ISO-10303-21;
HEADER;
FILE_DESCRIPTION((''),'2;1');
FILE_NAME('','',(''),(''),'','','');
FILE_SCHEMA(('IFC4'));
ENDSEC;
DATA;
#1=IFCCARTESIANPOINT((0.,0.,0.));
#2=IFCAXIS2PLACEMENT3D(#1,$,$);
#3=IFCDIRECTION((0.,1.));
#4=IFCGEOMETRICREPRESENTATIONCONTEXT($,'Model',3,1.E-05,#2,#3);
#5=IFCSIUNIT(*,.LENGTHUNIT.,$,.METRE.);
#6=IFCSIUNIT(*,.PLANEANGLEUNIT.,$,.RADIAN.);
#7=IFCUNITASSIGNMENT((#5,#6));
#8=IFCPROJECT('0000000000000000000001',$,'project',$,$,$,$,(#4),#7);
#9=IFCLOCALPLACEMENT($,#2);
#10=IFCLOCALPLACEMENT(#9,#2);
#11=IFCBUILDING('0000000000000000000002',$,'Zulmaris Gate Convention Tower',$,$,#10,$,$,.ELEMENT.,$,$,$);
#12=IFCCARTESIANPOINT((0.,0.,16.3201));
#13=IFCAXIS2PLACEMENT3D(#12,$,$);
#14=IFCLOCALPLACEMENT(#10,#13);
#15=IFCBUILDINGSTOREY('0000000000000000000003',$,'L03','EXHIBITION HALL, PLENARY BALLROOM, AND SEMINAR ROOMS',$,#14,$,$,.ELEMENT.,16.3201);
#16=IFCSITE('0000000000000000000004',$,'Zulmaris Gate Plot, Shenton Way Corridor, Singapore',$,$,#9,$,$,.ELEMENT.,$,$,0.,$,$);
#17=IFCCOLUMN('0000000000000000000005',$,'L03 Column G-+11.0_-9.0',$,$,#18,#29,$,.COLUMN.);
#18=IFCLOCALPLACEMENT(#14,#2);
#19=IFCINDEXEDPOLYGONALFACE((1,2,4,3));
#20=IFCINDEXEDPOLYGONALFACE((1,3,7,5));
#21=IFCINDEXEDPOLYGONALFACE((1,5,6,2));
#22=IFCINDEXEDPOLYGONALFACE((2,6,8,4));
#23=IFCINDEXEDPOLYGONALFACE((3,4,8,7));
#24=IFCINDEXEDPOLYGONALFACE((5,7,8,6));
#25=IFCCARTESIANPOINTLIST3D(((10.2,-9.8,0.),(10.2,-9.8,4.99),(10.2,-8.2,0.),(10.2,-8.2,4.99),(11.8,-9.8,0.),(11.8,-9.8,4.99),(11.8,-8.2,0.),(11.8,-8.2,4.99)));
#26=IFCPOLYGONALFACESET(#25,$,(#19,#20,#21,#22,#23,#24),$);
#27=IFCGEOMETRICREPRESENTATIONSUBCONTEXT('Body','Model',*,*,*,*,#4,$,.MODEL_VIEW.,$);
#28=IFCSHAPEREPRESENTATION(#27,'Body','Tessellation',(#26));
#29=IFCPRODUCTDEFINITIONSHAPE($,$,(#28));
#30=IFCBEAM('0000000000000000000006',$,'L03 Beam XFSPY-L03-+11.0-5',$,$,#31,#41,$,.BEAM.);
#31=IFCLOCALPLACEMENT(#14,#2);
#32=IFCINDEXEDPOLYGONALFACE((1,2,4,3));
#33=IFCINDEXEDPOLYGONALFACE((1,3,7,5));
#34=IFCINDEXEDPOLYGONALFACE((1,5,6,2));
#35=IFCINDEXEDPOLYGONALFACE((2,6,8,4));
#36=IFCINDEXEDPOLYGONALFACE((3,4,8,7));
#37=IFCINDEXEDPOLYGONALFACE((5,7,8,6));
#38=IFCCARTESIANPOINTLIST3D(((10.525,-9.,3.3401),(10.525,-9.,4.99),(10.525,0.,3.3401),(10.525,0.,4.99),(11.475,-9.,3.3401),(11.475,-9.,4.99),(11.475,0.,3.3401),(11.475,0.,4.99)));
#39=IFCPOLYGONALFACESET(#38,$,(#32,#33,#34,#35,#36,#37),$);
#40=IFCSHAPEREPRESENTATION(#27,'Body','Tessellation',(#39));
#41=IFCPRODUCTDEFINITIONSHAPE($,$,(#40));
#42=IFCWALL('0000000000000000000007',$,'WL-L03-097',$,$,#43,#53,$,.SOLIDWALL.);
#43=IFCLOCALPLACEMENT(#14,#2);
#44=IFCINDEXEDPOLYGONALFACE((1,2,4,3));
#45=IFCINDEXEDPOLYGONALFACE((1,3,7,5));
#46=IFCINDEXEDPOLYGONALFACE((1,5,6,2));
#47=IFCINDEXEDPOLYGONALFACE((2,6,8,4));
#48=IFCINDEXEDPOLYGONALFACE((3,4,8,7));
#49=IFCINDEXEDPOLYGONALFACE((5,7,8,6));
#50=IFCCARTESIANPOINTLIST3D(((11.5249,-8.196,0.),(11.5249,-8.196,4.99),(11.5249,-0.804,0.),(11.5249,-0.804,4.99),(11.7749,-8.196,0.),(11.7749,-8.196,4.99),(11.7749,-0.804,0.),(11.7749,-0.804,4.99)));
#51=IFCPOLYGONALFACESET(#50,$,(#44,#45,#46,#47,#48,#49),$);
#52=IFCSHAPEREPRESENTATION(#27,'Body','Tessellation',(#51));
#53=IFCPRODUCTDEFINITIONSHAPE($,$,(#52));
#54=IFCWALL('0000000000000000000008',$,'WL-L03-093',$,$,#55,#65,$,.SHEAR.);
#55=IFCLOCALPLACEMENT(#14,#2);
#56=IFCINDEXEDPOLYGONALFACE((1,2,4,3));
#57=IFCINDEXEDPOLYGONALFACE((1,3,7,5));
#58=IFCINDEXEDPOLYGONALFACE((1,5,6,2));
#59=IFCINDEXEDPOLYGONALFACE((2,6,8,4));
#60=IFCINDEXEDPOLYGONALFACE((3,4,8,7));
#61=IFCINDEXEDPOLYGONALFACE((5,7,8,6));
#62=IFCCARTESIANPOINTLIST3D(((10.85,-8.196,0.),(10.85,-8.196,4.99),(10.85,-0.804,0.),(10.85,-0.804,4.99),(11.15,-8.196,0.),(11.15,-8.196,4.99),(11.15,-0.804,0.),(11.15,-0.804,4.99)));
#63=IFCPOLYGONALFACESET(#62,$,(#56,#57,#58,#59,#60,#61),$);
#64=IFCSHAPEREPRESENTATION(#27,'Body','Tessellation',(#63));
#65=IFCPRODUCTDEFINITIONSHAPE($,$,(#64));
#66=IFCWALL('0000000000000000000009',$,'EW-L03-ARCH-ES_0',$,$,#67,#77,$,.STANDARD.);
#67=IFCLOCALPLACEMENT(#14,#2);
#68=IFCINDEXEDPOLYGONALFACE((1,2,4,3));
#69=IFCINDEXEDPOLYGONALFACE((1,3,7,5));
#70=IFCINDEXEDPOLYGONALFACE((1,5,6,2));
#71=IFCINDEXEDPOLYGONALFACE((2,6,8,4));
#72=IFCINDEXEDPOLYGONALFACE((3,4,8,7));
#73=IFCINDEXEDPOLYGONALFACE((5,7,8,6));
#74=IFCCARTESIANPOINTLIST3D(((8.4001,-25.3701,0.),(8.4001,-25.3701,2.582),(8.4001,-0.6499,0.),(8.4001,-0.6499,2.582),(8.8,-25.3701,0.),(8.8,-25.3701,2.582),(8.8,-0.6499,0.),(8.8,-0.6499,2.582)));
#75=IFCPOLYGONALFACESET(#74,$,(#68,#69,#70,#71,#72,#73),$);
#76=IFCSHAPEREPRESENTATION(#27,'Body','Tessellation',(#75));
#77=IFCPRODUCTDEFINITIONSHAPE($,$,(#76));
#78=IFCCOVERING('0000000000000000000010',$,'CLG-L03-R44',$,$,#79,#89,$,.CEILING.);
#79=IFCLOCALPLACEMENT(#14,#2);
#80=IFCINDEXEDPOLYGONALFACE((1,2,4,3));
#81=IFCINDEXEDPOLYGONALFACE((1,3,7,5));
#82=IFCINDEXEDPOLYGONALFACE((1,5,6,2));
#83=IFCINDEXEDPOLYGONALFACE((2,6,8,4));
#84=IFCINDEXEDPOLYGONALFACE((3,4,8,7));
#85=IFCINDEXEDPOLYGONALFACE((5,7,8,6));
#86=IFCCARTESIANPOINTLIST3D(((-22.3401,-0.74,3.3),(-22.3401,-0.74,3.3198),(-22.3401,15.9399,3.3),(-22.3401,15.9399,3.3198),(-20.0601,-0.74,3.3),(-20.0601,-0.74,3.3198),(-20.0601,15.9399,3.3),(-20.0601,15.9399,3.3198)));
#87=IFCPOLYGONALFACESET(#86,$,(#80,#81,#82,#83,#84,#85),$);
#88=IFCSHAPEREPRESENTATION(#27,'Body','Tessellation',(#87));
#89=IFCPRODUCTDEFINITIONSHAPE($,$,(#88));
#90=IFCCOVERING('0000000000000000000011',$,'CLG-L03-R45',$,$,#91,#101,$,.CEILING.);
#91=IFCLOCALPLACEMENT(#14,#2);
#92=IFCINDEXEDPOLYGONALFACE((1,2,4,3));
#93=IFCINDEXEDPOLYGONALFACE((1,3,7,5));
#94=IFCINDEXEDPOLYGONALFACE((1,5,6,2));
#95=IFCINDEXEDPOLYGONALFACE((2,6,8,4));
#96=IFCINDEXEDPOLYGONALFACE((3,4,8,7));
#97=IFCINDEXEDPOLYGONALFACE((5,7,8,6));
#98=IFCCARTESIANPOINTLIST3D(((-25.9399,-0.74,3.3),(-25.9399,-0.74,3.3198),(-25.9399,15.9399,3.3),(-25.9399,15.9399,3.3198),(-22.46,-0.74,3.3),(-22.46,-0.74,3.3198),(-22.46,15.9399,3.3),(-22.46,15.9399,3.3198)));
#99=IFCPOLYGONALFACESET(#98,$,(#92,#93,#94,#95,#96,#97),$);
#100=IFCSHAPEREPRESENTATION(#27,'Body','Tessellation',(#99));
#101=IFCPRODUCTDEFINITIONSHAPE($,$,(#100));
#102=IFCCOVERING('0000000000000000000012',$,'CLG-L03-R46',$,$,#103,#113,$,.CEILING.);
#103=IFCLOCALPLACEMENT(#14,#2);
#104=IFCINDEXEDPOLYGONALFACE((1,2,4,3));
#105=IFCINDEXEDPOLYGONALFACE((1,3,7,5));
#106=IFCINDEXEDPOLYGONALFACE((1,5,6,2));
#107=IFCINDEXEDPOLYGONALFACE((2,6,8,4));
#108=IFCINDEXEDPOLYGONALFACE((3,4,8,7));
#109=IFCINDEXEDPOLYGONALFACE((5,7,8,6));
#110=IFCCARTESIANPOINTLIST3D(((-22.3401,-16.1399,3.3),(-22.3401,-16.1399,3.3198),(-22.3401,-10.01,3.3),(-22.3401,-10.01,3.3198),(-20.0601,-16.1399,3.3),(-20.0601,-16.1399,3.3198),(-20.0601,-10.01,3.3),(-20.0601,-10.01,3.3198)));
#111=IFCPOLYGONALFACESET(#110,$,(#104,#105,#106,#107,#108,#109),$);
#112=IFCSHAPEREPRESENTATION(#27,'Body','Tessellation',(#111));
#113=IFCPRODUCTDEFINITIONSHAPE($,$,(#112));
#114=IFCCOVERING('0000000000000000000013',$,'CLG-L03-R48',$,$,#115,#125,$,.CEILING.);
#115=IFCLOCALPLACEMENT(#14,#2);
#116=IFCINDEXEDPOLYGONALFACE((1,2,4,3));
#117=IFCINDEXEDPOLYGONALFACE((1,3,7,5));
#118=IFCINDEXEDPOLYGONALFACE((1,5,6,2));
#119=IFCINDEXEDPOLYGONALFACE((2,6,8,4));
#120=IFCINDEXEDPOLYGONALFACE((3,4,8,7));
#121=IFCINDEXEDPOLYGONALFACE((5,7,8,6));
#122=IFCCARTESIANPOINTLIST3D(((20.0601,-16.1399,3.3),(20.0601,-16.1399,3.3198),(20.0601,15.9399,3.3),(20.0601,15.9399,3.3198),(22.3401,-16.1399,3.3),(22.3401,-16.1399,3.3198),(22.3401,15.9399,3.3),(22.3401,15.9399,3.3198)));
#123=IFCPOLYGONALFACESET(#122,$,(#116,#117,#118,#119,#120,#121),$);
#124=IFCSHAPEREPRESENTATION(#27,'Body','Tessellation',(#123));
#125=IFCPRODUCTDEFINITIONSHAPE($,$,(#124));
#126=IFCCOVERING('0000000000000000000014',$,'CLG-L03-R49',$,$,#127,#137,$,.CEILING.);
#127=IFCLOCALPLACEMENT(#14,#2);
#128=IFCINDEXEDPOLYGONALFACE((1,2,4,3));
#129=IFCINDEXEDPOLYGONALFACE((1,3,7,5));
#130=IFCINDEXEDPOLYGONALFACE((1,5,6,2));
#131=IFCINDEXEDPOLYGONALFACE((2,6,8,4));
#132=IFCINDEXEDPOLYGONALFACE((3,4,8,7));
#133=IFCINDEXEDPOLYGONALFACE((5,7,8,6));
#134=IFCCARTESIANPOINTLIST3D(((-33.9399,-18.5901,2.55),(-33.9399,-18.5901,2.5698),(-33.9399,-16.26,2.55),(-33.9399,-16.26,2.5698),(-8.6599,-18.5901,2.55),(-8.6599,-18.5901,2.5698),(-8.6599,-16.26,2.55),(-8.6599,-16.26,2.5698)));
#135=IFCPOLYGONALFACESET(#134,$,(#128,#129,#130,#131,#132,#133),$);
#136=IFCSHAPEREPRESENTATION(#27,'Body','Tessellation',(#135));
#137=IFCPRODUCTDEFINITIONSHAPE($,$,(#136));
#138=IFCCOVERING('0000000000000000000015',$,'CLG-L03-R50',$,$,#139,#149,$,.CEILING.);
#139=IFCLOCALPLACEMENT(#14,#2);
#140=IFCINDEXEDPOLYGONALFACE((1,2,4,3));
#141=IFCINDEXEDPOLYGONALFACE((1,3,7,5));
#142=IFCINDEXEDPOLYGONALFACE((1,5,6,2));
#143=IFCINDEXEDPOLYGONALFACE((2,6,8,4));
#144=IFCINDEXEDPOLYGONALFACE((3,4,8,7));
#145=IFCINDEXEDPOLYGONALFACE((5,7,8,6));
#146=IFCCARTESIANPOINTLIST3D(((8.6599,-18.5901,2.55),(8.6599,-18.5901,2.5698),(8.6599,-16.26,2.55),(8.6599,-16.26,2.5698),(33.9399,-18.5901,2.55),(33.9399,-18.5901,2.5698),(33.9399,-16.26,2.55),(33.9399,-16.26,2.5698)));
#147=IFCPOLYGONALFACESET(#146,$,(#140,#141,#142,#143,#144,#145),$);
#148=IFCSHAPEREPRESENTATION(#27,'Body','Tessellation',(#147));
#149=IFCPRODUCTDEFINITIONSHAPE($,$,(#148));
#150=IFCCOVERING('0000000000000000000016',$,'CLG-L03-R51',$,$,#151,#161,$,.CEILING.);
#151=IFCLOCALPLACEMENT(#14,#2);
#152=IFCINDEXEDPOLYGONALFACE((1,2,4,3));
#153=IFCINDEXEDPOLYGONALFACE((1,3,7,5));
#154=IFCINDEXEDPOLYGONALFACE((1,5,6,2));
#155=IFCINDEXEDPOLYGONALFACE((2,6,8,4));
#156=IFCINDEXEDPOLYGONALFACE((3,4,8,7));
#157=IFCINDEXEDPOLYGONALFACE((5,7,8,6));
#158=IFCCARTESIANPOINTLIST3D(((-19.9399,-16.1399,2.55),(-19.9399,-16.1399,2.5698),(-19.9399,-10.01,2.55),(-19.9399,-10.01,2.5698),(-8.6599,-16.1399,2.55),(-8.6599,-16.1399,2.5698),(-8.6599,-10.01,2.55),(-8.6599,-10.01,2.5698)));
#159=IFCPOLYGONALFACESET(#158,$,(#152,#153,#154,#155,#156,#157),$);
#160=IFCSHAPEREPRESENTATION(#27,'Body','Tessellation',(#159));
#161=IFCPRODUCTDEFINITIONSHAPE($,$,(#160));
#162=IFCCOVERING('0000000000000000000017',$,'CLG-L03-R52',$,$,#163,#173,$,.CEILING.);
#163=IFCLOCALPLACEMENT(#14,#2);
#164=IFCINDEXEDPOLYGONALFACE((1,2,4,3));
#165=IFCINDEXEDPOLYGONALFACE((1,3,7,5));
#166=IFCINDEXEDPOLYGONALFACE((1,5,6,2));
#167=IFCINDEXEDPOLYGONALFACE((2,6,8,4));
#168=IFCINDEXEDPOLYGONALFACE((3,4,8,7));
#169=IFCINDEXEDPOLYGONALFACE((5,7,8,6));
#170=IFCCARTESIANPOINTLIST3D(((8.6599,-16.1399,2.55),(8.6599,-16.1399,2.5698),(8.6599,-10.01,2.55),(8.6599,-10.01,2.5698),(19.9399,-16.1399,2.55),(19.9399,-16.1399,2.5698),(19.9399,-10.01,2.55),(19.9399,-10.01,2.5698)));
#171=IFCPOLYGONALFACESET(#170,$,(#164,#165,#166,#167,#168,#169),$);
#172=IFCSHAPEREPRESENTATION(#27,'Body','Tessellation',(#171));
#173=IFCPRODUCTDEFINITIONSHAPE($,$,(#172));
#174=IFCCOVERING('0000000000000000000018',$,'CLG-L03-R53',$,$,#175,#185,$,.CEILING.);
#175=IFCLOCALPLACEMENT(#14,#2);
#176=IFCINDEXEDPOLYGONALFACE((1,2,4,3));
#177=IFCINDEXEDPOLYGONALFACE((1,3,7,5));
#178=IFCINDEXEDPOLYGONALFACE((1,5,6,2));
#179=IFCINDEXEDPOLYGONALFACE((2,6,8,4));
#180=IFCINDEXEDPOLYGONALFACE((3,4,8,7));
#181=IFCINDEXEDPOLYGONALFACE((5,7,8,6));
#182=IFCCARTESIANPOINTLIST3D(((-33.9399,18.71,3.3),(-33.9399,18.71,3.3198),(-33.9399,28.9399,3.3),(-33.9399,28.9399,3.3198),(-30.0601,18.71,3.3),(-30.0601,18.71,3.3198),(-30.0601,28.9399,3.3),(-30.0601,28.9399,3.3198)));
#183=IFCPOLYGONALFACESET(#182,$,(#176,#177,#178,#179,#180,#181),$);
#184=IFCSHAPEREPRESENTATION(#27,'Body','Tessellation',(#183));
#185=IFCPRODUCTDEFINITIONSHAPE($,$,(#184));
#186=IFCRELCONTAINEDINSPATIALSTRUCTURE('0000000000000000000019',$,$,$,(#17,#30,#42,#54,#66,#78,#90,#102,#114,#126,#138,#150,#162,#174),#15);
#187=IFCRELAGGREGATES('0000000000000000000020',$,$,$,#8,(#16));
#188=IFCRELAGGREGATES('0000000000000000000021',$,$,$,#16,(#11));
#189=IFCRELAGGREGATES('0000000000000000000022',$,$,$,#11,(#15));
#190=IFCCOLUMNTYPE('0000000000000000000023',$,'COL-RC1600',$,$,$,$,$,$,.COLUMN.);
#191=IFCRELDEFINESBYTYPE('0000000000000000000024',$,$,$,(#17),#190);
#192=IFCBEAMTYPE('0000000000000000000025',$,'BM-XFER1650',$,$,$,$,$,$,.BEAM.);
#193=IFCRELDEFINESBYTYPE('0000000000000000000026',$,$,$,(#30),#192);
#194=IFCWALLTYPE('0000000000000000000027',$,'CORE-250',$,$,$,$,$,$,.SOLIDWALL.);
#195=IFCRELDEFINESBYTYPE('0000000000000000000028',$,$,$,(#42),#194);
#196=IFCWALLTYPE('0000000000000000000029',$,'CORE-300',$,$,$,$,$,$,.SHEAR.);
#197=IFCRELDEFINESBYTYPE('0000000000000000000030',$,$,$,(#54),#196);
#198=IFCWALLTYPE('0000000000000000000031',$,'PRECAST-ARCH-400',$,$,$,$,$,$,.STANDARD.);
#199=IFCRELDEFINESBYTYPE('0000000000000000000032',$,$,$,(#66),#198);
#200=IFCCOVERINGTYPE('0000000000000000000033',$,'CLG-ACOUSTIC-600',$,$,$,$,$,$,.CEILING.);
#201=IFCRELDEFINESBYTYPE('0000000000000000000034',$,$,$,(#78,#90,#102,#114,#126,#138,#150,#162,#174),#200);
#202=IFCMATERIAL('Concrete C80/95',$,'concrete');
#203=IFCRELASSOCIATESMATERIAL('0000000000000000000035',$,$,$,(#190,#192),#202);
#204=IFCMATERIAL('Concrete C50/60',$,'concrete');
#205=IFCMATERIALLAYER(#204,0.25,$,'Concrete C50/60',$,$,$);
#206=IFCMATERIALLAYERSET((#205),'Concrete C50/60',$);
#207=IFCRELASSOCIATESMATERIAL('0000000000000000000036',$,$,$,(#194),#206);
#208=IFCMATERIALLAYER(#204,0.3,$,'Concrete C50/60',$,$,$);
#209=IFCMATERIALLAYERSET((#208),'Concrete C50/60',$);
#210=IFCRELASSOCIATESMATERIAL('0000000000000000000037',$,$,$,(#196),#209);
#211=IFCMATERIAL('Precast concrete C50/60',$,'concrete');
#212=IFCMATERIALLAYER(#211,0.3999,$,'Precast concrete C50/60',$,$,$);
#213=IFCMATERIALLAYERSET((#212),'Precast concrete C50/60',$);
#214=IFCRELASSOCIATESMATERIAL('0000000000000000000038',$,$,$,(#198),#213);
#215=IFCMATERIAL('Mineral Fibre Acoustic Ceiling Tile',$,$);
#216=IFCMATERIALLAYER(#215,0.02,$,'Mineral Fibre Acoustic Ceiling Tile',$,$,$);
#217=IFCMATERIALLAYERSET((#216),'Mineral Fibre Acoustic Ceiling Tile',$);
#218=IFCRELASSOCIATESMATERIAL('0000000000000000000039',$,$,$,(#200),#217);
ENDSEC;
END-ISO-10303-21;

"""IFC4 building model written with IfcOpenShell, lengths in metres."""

from ifc_helpers import new_model, si_unit, direction, frame, frame_2d, origin, origin_2d, place, context, subcontext, project, spatial, polyline, rectangle, outline, extrude, material, layer, layer_set, material_profile, profile_set, type_object, element, save


model = new_model("IFC4")

# Units and contexts
model_context = context("Model", 3, precision=1e-05, world=origin(), true_north=direction((0.0, 1.0)))
body_context = subcontext(model_context, "Body", "Model", "MODEL_VIEW")
ifc_project = project(units=[si_unit("LENGTHUNIT", "METRE"), si_unit("PLANEANGLEUNIT", "RADIAN")], contexts=[model_context])

# Site, building, storey
site_placement = place(None, origin())
site = spatial("IfcSite", under=ifc_project, at=site_placement, Name="Zulmaris Gate Plot, Shenton Way Corridor, Singapore", CompositionType="ELEMENT", RefElevation=0.0)
building_placement = place(site_placement, origin())
building = spatial("IfcBuilding", under=site, at=building_placement, Name="Zulmaris Gate Convention Tower", CompositionType="ELEMENT")
storey_placement = place(building_placement, frame((0.0, 0.0, 16.3201)))
storey = spatial("IfcBuildingStorey", under=building, at=storey_placement, Name="L03", Description="EXHIBITION HALL, PLENARY BALLROOM, AND SEMINAR ROOMS", CompositionType="ELEMENT", Elevation=16.3201)

# Column
ifc_material_1 = material(Name="Concrete C80/95", Category="concrete")
ifc_material_profile_1 = material_profile(ifc_material_1, rectangle(XDim=1.6001, YDim=1.6001, at=origin_2d()), Name="RC COL 1600x1600")
ifc_profile_set_1 = profile_set([ifc_material_profile_1], Name="Concrete C80/95")
column_type = type_object("IfcColumnType", Name="COL-RC1600", PredefinedType="COLUMN", material=ifc_profile_set_1)
column_placement = place(storey_placement, frame((11.0, -9.0, 0.0), z_axis=(0.0, 0.0, 1.0), x_axis=(1.0, 0.0, 0.0)))
element("IfcColumn", 1, at=column_placement, inside=storey, type_object=column_type, Name="L03 Column G-+11.0_-9.0", PredefinedType="COLUMN", context=body_context, shape_type="SweptSolid", body=[
    extrude(rectangle(XDim=1.6001, YDim=1.6001, at=origin_2d()), origin(), (0.0, 0.0, 1.0), 4.99),
])

# Beam
ifc_material_profile_2 = material_profile(ifc_material_1, rectangle(XDim=0.95, YDim=1.6499, at=origin_2d()), Name="RC TRANSFER 950x1650")
ifc_profile_set_2 = profile_set([ifc_material_profile_2], Name="Concrete C80/95")
beam_type = type_object("IfcBeamType", Name="BM-XFER1650", PredefinedType="BEAM", material=ifc_profile_set_2)
beam_placement = place(storey_placement, frame((11.0, -9.0, 4.165), z_axis=(0.0, 1.0, 0.0), x_axis=(-1.0, 0.0, 0.0)))
element("IfcBeam", 2, at=beam_placement, inside=storey, type_object=beam_type, Name="L03 Beam XFSPY-L03-+11.0-5", PredefinedType="BEAM", context=body_context, shape_type="SweptSolid", body=[
    extrude(rectangle(XDim=0.95, YDim=1.6499, at=origin_2d()), origin(), (0.0, 0.0, 1.0), 9.0),
])

# Walls
ifc_material_2 = material(Name="Concrete C50/60", Category="concrete")
ifc_layer_1 = layer(ifc_material_2, 0.25, Name="Concrete C50/60")
ifc_layer_set_1 = layer_set([ifc_layer_1], Name="Concrete C50/60")
wall_type_1 = type_object("IfcWallType", Name="CORE-250", PredefinedType="SOLIDWALL", material=ifc_layer_set_1)
wall_1_placement = place(storey_placement, frame((11.6499, -8.196, 0.0), z_axis=(0.0, 0.0, 1.0), x_axis=(0.0, 1.0, 0.0)))
element("IfcWall", 3, at=wall_1_placement, inside=storey, type_object=wall_type_1, Name="WL-L03-097", PredefinedType="SOLIDWALL", context=body_context, shape_type="SweptSolid", body=[
    extrude(rectangle(XDim=7.3921, YDim=0.25, at=frame_2d((3.696, 0.0))), origin(), (0.0, 0.0, 1.0), 4.99),
])
ifc_layer_2 = layer(ifc_material_2, 0.3, Name="Concrete C50/60")
ifc_layer_set_2 = layer_set([ifc_layer_2], Name="Concrete C50/60")
wall_type_2 = type_object("IfcWallType", Name="CORE-300", PredefinedType="SHEAR", material=ifc_layer_set_2)
wall_2_placement = place(storey_placement, frame((11.0, -8.196, 0.0), z_axis=(0.0, 0.0, 1.0), x_axis=(0.0, 1.0, 0.0)))
element("IfcWall", 4, at=wall_2_placement, inside=storey, type_object=wall_type_2, Name="WL-L03-093", PredefinedType="SHEAR", context=body_context, shape_type="SweptSolid", body=[
    extrude(rectangle(XDim=7.3921, YDim=0.3, at=frame_2d((3.696, 0.0))), origin(), (0.0, 0.0, 1.0), 4.99),
])
ifc_material_3 = material(Name="Precast concrete C50/60", Category="concrete")
ifc_layer_3 = layer(ifc_material_3, 0.3999, Name="Precast concrete C50/60")
ifc_layer_set_3 = layer_set([ifc_layer_3], Name="Precast concrete C50/60")
wall_type_3 = type_object("IfcWallType", Name="PRECAST-ARCH-400", PredefinedType="STANDARD", material=ifc_layer_set_3)
wall_3_placement = place(storey_placement, frame((8.6001, -0.6499, 0.0), z_axis=(0.0, 0.0, 1.0), x_axis=(0.0, -1.0, 0.0)))
element("IfcWall", 5, at=wall_3_placement, inside=storey, type_object=wall_type_3, Name="EW-L03-ARCH-ES_0", PredefinedType="STANDARD", context=body_context, shape_type="SweptSolid", body=[
    extrude(rectangle(XDim=24.7202, YDim=0.3999, at=frame_2d((12.3601, 0.0))), origin(), (0.0, 0.0, 1.0), 2.582),
])

# Coverings
ifc_material_4 = material(Name="Mineral Fibre Acoustic Ceiling Tile")
ifc_layer_4 = layer(ifc_material_4, 0.02, Name="Mineral Fibre Acoustic Ceiling Tile")
ifc_layer_set_4 = layer_set([ifc_layer_4], Name="Mineral Fibre Acoustic Ceiling Tile")
covering_type_1 = type_object("IfcCoveringType", Name="CLG-ACOUSTIC-600", PredefinedType="CEILING", material=ifc_layer_set_4)
covering_1_placement = place(storey_placement, frame((0.0, 0.0, 3.3)))
element("IfcCovering", 6, at=covering_1_placement, inside=storey, type_object=covering_type_1, Name="CLG-L03-R44", PredefinedType="CEILING", context=body_context, shape_type="SweptSolid", body=[
    extrude(outline(polyline([(-22.3401, -0.74), (-20.0601, -0.74), (-20.0601, 15.9399), (-22.3401, 15.9399), (-22.3401, -0.74)])), origin(), (0.0, 0.0, 1.0), 0.0198),
])
covering_2_placement = place(storey_placement, frame((0.0, 0.0, 3.3)))
element("IfcCovering", 7, at=covering_2_placement, inside=storey, type_object=covering_type_1, Name="CLG-L03-R45", PredefinedType="CEILING", context=body_context, shape_type="SweptSolid", body=[
    extrude(outline(polyline([(-25.9399, -0.74), (-22.46, -0.74), (-22.46, 15.9399), (-25.9399, 15.9399), (-25.9399, -0.74)])), origin(), (0.0, 0.0, 1.0), 0.0198),
])
covering_3_placement = place(storey_placement, frame((0.0, 0.0, 3.3)))
element("IfcCovering", 8, at=covering_3_placement, inside=storey, type_object=covering_type_1, Name="CLG-L03-R46", PredefinedType="CEILING", context=body_context, shape_type="SweptSolid", body=[
    extrude(outline(polyline([(-22.3401, -16.1399), (-20.0601, -16.1399), (-20.0601, -10.01), (-22.3401, -10.01), (-22.3401, -16.1399)])), origin(), (0.0, 0.0, 1.0), 0.0198),
])
covering_4_placement = place(storey_placement, frame((0.0, 0.0, 3.3)))
element("IfcCovering", 9, at=covering_4_placement, inside=storey, type_object=covering_type_1, Name="CLG-L03-R48", PredefinedType="CEILING", context=body_context, shape_type="SweptSolid", body=[
    extrude(outline(polyline([(20.0601, -16.1399), (22.3401, -16.1399), (22.3401, 15.9399), (20.0601, 15.9399), (20.0601, -16.1399)])), origin(), (0.0, 0.0, 1.0), 0.0198),
])
covering_5_placement = place(storey_placement, frame((0.0, 0.0, 2.55)))
element("IfcCovering", 10, at=covering_5_placement, inside=storey, type_object=covering_type_1, Name="CLG-L03-R49", PredefinedType="CEILING", context=body_context, shape_type="SweptSolid", body=[
    extrude(outline(polyline([(-33.9399, -18.5901), (-8.6599, -18.5901), (-8.6599, -16.26), (-33.9399, -16.26), (-33.9399, -18.5901)])), origin(), (0.0, 0.0, 1.0), 0.0198),
])
covering_6_placement = place(storey_placement, frame((0.0, 0.0, 2.55)))
element("IfcCovering", 11, at=covering_6_placement, inside=storey, type_object=covering_type_1, Name="CLG-L03-R50", PredefinedType="CEILING", context=body_context, shape_type="SweptSolid", body=[
    extrude(outline(polyline([(8.6599, -18.5901), (33.9399, -18.5901), (33.9399, -16.26), (8.6599, -16.26), (8.6599, -18.5901)])), origin(), (0.0, 0.0, 1.0), 0.0198),
])
covering_7_placement = place(storey_placement, frame((0.0, 0.0, 2.55)))
element("IfcCovering", 12, at=covering_7_placement, inside=storey, type_object=covering_type_1, Name="CLG-L03-R51", PredefinedType="CEILING", context=body_context, shape_type="SweptSolid", body=[
    extrude(outline(polyline([(-19.9399, -16.1399), (-8.6599, -16.1399), (-8.6599, -10.01), (-19.9399, -10.01), (-19.9399, -16.1399)])), origin(), (0.0, 0.0, 1.0), 0.0198),
])
covering_8_placement = place(storey_placement, frame((0.0, 0.0, 2.55)))
element("IfcCovering", 13, at=covering_8_placement, inside=storey, type_object=covering_type_1, Name="CLG-L03-R52", PredefinedType="CEILING", context=body_context, shape_type="SweptSolid", body=[
    extrude(outline(polyline([(8.6599, -16.1399), (19.9399, -16.1399), (19.9399, -10.01), (8.6599, -10.01), (8.6599, -16.1399)])), origin(), (0.0, 0.0, 1.0), 0.0198),
])
covering_9_placement = place(storey_placement, frame((0.0, 0.0, 3.3)))
element("IfcCovering", 14, at=covering_9_placement, inside=storey, type_object=covering_type_1, Name="CLG-L03-R53", PredefinedType="CEILING", context=body_context, shape_type="SweptSolid", body=[
    extrude(outline(polyline([(-33.9399, 18.71), (-30.0601, 18.71), (-30.0601, 28.9399), (-33.9399, 28.9399), (-33.9399, 18.71)])), origin(), (0.0, 0.0, 1.0), 0.0198),
])

save(model, "model.ifc")
